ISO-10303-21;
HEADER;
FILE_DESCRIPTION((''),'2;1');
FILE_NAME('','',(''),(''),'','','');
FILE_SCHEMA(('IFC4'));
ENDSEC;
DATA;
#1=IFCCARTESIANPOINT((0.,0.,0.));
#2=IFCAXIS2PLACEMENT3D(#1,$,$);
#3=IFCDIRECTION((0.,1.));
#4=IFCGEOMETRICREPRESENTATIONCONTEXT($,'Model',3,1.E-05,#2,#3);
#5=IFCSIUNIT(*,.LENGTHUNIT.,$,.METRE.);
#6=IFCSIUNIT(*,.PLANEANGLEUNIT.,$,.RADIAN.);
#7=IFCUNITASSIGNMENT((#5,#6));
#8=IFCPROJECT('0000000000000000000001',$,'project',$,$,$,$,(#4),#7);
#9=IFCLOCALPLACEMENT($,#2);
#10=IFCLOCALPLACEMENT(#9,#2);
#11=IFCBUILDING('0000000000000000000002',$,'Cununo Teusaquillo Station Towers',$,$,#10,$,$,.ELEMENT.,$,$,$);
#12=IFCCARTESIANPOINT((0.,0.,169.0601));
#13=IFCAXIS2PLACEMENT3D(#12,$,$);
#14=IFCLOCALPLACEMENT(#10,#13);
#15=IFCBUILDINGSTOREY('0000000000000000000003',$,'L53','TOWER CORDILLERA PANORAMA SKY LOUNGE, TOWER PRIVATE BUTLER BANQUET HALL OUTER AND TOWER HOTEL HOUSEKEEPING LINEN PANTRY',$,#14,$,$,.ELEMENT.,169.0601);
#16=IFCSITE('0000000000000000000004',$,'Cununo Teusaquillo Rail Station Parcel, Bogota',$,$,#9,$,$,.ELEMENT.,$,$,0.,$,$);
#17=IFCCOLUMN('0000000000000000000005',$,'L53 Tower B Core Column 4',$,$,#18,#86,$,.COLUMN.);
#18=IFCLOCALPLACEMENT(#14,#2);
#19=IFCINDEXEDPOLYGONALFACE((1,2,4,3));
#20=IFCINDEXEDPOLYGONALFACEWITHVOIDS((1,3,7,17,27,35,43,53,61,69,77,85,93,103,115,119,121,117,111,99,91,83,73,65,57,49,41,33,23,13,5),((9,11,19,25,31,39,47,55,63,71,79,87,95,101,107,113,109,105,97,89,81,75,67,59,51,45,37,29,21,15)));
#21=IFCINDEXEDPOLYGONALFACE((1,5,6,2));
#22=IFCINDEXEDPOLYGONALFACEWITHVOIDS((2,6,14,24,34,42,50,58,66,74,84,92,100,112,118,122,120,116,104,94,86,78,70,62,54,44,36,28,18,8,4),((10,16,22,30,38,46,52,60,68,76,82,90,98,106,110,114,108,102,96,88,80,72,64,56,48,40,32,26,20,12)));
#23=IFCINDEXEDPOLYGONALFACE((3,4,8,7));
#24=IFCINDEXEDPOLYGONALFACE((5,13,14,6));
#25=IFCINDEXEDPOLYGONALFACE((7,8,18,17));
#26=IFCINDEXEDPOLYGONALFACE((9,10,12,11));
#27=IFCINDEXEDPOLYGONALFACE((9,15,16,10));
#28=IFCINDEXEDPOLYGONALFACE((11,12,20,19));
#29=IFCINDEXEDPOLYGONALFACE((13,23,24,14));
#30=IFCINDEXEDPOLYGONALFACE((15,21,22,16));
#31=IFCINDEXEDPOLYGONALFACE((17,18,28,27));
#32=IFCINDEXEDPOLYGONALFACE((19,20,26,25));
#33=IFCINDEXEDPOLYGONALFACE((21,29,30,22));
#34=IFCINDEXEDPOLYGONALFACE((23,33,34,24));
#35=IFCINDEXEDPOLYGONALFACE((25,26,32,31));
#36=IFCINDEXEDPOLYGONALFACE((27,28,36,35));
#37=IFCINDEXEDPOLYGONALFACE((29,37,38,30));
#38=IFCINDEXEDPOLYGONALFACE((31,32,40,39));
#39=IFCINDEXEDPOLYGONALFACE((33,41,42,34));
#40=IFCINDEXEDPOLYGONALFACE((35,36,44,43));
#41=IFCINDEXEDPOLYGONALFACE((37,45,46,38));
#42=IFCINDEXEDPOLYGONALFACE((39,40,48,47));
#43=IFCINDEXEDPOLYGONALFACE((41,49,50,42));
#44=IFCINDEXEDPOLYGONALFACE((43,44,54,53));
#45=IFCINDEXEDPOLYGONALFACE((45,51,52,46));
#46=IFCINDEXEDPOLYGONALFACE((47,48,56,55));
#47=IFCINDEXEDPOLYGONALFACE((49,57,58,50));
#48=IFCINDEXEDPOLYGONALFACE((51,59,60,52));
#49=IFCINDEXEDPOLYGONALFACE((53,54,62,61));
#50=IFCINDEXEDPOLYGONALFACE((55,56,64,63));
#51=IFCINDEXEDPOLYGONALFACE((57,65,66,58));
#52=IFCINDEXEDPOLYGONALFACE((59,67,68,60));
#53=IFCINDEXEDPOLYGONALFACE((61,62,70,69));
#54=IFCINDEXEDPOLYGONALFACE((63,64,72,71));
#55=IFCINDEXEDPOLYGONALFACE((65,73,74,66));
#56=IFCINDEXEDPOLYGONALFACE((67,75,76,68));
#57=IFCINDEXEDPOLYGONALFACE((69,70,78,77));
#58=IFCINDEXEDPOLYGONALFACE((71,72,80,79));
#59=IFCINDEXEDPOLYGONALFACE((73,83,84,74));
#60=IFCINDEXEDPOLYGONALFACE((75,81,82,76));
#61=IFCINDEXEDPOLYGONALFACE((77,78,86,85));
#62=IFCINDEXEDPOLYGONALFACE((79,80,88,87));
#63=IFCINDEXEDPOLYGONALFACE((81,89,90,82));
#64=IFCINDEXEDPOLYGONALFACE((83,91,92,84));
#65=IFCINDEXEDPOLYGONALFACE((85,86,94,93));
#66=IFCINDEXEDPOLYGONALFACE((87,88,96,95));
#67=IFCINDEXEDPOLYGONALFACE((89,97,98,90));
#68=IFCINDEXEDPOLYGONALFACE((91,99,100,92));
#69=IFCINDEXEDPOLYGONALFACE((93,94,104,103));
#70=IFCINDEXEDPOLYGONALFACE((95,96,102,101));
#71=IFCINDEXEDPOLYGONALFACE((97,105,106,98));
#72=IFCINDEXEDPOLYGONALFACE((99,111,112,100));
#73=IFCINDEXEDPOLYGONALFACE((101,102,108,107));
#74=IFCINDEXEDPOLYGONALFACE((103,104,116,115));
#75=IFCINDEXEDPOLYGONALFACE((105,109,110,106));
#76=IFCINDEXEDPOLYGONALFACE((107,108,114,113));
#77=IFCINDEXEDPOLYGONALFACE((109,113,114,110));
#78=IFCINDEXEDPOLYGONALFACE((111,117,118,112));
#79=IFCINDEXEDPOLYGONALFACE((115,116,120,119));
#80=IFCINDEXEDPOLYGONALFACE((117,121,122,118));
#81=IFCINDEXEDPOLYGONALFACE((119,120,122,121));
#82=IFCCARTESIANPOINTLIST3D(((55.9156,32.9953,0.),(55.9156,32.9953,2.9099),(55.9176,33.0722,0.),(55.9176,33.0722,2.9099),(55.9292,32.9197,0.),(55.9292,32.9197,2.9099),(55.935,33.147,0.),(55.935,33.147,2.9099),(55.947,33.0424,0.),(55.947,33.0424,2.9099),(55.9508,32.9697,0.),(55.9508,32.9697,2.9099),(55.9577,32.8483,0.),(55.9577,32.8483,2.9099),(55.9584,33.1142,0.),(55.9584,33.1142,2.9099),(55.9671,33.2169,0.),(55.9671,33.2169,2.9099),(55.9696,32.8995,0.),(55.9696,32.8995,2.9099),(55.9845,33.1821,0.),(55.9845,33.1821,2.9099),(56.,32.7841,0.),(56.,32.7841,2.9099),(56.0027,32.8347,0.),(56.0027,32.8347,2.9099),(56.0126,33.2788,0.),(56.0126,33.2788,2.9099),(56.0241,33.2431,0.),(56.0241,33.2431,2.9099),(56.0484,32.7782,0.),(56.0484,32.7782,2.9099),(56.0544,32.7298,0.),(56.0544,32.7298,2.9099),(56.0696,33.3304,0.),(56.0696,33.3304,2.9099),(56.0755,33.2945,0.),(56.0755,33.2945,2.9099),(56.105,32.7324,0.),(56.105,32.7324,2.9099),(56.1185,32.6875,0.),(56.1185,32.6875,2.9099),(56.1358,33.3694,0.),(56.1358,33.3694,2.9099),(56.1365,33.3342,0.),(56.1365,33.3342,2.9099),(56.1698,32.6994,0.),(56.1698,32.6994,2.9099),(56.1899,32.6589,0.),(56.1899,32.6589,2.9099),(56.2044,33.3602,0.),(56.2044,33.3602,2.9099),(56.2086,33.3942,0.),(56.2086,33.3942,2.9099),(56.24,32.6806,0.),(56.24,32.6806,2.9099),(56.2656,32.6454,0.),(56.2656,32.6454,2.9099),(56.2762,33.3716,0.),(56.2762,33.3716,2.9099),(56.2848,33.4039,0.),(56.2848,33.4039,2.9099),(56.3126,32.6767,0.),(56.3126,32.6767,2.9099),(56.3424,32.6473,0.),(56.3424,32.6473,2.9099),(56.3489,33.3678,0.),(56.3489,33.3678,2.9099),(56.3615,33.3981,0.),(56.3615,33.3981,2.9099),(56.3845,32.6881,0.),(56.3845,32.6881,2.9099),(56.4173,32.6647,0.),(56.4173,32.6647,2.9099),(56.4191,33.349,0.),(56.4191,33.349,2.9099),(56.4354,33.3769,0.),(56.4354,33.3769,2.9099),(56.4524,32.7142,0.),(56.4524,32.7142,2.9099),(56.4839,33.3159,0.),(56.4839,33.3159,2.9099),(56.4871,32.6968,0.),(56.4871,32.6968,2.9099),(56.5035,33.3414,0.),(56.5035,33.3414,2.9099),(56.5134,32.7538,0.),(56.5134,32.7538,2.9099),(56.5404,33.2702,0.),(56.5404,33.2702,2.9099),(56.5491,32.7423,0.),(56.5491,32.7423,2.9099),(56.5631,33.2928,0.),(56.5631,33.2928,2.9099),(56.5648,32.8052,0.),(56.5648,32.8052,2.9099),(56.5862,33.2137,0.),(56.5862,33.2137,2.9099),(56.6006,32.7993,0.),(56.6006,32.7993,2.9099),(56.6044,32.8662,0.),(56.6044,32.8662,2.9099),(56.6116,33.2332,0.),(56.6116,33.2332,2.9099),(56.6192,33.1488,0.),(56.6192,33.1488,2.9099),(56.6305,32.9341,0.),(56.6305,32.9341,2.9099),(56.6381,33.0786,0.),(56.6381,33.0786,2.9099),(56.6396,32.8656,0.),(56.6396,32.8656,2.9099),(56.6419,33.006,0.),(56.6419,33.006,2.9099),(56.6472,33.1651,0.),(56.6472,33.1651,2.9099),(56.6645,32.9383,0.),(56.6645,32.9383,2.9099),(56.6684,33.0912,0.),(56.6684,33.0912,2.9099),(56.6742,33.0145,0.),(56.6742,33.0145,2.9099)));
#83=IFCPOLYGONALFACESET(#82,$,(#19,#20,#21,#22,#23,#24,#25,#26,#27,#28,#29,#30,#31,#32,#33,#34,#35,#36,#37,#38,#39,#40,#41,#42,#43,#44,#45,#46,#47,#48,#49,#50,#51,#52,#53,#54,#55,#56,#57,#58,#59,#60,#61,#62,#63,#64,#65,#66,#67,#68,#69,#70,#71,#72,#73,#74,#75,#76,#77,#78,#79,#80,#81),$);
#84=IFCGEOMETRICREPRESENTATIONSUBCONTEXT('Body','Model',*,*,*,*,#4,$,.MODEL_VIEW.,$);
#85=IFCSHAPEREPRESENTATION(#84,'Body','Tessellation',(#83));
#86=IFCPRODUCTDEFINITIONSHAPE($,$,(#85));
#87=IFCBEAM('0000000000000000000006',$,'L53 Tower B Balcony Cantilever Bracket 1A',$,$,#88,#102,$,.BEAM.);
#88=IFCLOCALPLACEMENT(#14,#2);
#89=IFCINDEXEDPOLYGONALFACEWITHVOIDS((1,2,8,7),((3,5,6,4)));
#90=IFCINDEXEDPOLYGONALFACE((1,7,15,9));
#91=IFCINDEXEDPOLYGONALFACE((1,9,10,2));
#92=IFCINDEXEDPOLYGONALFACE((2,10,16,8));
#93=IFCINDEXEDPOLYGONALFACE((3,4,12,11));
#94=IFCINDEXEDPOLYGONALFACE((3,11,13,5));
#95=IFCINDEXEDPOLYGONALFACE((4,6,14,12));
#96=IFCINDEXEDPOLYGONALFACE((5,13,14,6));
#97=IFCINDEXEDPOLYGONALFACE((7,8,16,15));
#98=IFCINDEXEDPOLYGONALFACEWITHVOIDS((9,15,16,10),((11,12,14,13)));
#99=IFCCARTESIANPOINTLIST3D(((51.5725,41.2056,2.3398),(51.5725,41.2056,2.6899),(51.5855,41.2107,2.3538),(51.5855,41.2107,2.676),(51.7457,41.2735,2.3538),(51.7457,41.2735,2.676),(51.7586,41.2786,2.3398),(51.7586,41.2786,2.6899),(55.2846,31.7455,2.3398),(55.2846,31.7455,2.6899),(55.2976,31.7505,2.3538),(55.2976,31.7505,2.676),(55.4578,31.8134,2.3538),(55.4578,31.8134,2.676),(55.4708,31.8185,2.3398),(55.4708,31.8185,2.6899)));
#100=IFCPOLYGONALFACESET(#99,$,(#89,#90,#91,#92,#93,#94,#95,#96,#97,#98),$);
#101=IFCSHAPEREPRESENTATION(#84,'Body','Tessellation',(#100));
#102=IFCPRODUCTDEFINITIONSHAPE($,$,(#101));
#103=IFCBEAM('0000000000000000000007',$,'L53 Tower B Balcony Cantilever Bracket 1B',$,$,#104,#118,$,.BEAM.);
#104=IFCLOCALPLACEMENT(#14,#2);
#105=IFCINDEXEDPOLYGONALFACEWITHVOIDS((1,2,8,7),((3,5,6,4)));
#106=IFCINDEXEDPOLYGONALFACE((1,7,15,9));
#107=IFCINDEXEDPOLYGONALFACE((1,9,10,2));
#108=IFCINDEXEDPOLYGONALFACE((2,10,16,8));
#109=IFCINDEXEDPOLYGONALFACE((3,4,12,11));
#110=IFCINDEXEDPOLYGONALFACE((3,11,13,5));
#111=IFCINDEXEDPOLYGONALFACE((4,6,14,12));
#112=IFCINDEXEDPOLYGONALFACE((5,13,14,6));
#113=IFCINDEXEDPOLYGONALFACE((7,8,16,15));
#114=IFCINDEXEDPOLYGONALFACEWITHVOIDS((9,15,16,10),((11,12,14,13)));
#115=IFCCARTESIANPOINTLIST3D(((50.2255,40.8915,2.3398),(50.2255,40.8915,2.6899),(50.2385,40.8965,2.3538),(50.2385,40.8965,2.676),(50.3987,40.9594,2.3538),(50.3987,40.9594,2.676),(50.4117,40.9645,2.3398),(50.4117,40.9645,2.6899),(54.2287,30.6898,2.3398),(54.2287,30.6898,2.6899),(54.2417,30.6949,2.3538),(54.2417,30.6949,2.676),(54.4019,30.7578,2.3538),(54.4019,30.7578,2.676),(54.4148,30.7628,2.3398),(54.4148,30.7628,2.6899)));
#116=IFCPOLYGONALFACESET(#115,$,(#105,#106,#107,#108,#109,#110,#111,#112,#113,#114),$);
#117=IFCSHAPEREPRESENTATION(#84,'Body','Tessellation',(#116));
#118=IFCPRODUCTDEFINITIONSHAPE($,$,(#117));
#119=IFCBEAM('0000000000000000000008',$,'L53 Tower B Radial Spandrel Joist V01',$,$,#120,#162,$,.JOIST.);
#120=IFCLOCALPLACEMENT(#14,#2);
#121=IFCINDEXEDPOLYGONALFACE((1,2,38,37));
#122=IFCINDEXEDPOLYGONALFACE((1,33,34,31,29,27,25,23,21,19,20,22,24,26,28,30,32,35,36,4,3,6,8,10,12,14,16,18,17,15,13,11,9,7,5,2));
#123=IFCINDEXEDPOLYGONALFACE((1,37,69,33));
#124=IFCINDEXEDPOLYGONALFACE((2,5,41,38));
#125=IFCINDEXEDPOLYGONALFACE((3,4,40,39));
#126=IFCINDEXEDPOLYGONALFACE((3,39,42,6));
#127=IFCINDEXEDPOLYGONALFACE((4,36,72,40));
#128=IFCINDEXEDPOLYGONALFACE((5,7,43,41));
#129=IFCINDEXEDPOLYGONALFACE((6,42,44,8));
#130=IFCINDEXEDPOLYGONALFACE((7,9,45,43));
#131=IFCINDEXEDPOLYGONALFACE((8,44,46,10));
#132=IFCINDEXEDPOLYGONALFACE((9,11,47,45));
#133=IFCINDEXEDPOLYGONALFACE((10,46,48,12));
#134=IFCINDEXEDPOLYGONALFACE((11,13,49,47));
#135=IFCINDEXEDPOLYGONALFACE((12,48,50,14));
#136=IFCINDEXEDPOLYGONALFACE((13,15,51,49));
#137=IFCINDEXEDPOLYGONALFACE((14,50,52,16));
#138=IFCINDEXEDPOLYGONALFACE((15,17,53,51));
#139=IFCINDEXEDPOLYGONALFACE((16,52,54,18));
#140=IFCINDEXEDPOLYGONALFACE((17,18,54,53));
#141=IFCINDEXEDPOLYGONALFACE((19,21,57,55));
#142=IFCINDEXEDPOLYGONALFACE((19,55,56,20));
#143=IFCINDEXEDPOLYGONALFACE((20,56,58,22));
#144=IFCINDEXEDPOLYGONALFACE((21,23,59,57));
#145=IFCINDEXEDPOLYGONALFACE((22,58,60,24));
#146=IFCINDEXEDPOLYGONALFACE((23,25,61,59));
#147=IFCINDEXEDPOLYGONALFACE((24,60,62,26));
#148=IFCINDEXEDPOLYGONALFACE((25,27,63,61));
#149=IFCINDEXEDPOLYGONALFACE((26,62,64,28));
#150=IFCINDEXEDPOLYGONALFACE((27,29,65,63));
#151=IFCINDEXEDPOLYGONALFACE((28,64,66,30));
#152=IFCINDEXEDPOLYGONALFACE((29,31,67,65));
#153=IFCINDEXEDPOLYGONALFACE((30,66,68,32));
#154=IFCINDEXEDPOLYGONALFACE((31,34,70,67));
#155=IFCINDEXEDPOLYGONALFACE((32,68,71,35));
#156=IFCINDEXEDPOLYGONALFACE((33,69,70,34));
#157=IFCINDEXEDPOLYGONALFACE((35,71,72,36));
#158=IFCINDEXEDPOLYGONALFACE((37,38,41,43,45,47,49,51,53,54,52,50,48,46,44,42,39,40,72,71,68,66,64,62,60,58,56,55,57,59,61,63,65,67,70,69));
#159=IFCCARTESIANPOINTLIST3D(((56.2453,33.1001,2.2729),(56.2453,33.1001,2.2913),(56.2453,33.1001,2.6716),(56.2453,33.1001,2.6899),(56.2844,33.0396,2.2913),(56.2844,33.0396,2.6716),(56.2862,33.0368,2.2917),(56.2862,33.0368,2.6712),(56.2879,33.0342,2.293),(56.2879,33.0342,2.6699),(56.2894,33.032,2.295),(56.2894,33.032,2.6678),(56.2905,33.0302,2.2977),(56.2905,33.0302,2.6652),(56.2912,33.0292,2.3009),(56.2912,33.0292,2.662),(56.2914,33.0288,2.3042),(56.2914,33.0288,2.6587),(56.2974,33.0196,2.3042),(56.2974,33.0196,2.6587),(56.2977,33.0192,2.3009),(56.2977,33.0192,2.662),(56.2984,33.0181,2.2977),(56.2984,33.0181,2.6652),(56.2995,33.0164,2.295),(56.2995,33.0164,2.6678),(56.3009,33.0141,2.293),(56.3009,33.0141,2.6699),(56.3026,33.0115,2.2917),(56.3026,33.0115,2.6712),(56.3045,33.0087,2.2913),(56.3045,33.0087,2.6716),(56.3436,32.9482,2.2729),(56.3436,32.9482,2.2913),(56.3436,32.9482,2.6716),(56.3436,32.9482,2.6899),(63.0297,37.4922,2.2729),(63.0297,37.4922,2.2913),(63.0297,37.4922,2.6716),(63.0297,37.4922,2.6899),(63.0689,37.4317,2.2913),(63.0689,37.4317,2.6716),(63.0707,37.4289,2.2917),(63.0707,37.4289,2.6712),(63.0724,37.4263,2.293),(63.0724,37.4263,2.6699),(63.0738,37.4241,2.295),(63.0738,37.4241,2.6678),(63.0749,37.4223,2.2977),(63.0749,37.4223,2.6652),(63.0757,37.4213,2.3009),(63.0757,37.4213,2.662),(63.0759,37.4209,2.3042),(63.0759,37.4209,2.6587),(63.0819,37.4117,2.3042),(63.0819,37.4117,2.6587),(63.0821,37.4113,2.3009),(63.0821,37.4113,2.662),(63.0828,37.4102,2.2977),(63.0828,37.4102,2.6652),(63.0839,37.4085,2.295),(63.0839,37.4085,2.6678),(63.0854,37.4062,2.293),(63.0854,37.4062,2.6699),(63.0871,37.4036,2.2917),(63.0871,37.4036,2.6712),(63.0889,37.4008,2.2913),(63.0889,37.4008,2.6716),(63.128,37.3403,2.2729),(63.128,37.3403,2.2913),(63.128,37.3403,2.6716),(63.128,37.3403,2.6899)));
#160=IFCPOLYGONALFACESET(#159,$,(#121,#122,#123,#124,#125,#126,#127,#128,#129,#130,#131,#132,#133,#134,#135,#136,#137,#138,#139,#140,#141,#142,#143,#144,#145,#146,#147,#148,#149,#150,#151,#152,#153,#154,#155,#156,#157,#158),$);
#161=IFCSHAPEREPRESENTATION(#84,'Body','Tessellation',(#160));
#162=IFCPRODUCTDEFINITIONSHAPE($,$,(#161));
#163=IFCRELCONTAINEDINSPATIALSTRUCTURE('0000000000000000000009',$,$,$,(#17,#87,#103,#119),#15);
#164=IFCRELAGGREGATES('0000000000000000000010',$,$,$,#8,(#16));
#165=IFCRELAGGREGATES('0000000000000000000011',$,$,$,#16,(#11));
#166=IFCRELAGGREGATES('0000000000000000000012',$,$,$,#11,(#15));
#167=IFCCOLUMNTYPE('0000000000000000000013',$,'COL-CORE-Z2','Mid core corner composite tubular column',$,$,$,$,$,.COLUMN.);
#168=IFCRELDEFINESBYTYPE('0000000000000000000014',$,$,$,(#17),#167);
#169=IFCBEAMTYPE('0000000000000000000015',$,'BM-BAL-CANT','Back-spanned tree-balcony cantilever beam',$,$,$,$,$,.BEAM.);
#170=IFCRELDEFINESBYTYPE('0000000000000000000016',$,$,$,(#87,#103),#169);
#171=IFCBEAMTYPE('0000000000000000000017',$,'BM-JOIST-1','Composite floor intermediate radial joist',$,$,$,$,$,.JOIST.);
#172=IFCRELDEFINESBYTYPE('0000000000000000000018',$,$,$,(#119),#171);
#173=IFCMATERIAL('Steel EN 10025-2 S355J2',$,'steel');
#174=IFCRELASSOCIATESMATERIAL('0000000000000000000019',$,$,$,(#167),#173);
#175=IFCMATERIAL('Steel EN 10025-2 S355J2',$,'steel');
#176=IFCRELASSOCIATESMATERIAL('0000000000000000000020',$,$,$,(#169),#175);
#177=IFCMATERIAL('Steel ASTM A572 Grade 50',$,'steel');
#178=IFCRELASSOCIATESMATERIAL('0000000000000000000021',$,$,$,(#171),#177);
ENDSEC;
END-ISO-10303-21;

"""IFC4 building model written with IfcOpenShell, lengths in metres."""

from ifc_helpers import new_model, si_unit, direction, frame, origin, origin_2d, place, context, subcontext, project, spatial, hollow_rectangle, hollow_circle, i_section, extrude, material, material_profile, profile_set, type_object, element, save


model = new_model("IFC4")

# Units and contexts
model_context = context("Model", 3, precision=1e-05, world=origin(), true_north=direction((0.0, 1.0)))
body_context = subcontext(model_context, "Body", "Model", "MODEL_VIEW")
ifc_project = project(units=[si_unit("LENGTHUNIT", "METRE"), si_unit("PLANEANGLEUNIT", "RADIAN")], contexts=[model_context])

# Site, building, storey
site_placement = place(None, origin())
site = spatial("IfcSite", under=ifc_project, at=site_placement, Name="Cununo Teusaquillo Rail Station Parcel, Bogota", CompositionType="ELEMENT", RefElevation=0.0)
building_placement = place(site_placement, origin())
building = spatial("IfcBuilding", under=site, at=building_placement, Name="Cununo Teusaquillo Station Towers", CompositionType="ELEMENT")
storey_placement = place(building_placement, frame((0.0, 0.0, 169.0601)))
storey = spatial("IfcBuildingStorey", under=building, at=storey_placement, Name="L53", Description="TOWER CORDILLERA PANORAMA SKY LOUNGE, TOWER PRIVATE BUTLER BANQUET HALL OUTER AND TOWER HOTEL HOUSEKEEPING LINEN PANTRY", CompositionType="ELEMENT", Elevation=169.0601)

# Column
ifc_material_1 = material(Name="Steel EN 10025-2 S355J2", Category="steel")
ifc_material_profile_1 = material_profile(ifc_material_1, hollow_circle(Radius=0.3799, WallThickness=0.032, at=origin_2d()), Name="CHS 760x32")
ifc_profile_set_1 = profile_set([ifc_material_profile_1], Name="Steel EN 10025-2 S355J2")
column_type = type_object("IfcColumnType", Name="COL-CORE-Z2", Description="Mid core corner composite tubular column", PredefinedType="COLUMN", material=ifc_profile_set_1)
column_placement = place(storey_placement, frame((56.2944, 33.0242, 0.0), z_axis=(0.0, 0.0, 1.0), x_axis=(0.707107, 0.707107, 0.0)))
element("IfcColumn", 1, at=column_placement, inside=storey, type_object=column_type, Name="L53 Tower B Core Column 4", PredefinedType="COLUMN", context=body_context, shape_type="SweptSolid", body=[
    extrude(hollow_circle(Radius=0.3799, WallThickness=0.032, at=origin_2d()), origin(), (0.0, 0.0, 1.0), 2.9099),
])

# Beams
ifc_material_2 = material(Name="Steel EN 10025-2 S355J2", Category="steel")
ifc_material_profile_2 = material_profile(ifc_material_2, hollow_rectangle(XDim=0.2, YDim=0.3501, WallThickness=0.0139, at=origin_2d()), Name="RHS 350x200x14")
ifc_profile_set_2 = profile_set([ifc_material_profile_2], Name="Steel EN 10025-2 S355J2")
beam_type_1 = type_object("IfcBeamType", Name="BM-BAL-CANT", Description="Back-spanned tree-balcony cantilever beam", PredefinedType="BEAM", material=ifc_profile_set_2)
beam_1_placement = place(storey_placement, frame((55.3777, 31.782, 2.5149), z_axis=(-0.365281, 0.930897, 0.0), x_axis=(-0.930897, -0.365281, 0.0)))
element("IfcBeam", 2, at=beam_1_placement, inside=storey, type_object=beam_type_1, Name="L53 Tower B Balcony Cantilever Bracket 1A", PredefinedType="BEAM", context=body_context, shape_type="SweptSolid", body=[
    extrude(hollow_rectangle(XDim=0.2, YDim=0.3501, WallThickness=0.0139, at=origin_2d()), origin(), (0.0, 0.0, 1.0), 10.1624),
])
beam_2_placement = place(storey_placement, frame((54.3218, 30.7263, 2.5149), z_axis=(-0.365287, 0.930895, 0.0), x_axis=(-0.930895, -0.365287, 0.0)))
element("IfcBeam", 3, at=beam_2_placement, inside=storey, type_object=beam_type_1, Name="L53 Tower B Balcony Cantilever Bracket 1B", PredefinedType="BEAM", context=body_context, shape_type="SweptSolid", body=[
    extrude(hollow_rectangle(XDim=0.2, YDim=0.3501, WallThickness=0.0139, at=origin_2d()), origin(), (0.0, 0.0, 1.0), 10.959),
])
ifc_material_3 = material(Name="Steel ASTM A572 Grade 50", Category="steel")
ifc_material_profile_3 = material_profile(ifc_material_3, i_section(OverallWidth=0.1809, OverallDepth=0.417, WebThickness=0.011, FlangeThickness=0.0183, FilletRadius=0.0129, at=origin_2d()), Name="W16X57")
ifc_profile_set_3 = profile_set([ifc_material_profile_3], Name="Steel ASTM A572 Grade 50")
beam_type_2 = type_object("IfcBeamType", Name="BM-JOIST-1", Description="Composite floor intermediate radial joist", PredefinedType="JOIST", material=ifc_profile_set_3)
beam_3_placement = place(storey_placement, frame((56.2944, 33.0242, 2.4814), z_axis=(0.839448, 0.54344, 0.0), x_axis=(-0.54344, 0.839448, 0.0)))
element("IfcBeam", 4, at=beam_3_placement, inside=storey, type_object=beam_type_2, Name="L53 Tower B Radial Spandrel Joist V01", PredefinedType="JOIST", context=body_context, shape_type="SweptSolid", body=[
    extrude(i_section(OverallWidth=0.1809, OverallDepth=0.417, WebThickness=0.011, FlangeThickness=0.0183, FilletRadius=0.0129, at=origin_2d()), origin(), (0.0, 0.0, 1.0), 8.082),
])

save(model, "model.ifc")
